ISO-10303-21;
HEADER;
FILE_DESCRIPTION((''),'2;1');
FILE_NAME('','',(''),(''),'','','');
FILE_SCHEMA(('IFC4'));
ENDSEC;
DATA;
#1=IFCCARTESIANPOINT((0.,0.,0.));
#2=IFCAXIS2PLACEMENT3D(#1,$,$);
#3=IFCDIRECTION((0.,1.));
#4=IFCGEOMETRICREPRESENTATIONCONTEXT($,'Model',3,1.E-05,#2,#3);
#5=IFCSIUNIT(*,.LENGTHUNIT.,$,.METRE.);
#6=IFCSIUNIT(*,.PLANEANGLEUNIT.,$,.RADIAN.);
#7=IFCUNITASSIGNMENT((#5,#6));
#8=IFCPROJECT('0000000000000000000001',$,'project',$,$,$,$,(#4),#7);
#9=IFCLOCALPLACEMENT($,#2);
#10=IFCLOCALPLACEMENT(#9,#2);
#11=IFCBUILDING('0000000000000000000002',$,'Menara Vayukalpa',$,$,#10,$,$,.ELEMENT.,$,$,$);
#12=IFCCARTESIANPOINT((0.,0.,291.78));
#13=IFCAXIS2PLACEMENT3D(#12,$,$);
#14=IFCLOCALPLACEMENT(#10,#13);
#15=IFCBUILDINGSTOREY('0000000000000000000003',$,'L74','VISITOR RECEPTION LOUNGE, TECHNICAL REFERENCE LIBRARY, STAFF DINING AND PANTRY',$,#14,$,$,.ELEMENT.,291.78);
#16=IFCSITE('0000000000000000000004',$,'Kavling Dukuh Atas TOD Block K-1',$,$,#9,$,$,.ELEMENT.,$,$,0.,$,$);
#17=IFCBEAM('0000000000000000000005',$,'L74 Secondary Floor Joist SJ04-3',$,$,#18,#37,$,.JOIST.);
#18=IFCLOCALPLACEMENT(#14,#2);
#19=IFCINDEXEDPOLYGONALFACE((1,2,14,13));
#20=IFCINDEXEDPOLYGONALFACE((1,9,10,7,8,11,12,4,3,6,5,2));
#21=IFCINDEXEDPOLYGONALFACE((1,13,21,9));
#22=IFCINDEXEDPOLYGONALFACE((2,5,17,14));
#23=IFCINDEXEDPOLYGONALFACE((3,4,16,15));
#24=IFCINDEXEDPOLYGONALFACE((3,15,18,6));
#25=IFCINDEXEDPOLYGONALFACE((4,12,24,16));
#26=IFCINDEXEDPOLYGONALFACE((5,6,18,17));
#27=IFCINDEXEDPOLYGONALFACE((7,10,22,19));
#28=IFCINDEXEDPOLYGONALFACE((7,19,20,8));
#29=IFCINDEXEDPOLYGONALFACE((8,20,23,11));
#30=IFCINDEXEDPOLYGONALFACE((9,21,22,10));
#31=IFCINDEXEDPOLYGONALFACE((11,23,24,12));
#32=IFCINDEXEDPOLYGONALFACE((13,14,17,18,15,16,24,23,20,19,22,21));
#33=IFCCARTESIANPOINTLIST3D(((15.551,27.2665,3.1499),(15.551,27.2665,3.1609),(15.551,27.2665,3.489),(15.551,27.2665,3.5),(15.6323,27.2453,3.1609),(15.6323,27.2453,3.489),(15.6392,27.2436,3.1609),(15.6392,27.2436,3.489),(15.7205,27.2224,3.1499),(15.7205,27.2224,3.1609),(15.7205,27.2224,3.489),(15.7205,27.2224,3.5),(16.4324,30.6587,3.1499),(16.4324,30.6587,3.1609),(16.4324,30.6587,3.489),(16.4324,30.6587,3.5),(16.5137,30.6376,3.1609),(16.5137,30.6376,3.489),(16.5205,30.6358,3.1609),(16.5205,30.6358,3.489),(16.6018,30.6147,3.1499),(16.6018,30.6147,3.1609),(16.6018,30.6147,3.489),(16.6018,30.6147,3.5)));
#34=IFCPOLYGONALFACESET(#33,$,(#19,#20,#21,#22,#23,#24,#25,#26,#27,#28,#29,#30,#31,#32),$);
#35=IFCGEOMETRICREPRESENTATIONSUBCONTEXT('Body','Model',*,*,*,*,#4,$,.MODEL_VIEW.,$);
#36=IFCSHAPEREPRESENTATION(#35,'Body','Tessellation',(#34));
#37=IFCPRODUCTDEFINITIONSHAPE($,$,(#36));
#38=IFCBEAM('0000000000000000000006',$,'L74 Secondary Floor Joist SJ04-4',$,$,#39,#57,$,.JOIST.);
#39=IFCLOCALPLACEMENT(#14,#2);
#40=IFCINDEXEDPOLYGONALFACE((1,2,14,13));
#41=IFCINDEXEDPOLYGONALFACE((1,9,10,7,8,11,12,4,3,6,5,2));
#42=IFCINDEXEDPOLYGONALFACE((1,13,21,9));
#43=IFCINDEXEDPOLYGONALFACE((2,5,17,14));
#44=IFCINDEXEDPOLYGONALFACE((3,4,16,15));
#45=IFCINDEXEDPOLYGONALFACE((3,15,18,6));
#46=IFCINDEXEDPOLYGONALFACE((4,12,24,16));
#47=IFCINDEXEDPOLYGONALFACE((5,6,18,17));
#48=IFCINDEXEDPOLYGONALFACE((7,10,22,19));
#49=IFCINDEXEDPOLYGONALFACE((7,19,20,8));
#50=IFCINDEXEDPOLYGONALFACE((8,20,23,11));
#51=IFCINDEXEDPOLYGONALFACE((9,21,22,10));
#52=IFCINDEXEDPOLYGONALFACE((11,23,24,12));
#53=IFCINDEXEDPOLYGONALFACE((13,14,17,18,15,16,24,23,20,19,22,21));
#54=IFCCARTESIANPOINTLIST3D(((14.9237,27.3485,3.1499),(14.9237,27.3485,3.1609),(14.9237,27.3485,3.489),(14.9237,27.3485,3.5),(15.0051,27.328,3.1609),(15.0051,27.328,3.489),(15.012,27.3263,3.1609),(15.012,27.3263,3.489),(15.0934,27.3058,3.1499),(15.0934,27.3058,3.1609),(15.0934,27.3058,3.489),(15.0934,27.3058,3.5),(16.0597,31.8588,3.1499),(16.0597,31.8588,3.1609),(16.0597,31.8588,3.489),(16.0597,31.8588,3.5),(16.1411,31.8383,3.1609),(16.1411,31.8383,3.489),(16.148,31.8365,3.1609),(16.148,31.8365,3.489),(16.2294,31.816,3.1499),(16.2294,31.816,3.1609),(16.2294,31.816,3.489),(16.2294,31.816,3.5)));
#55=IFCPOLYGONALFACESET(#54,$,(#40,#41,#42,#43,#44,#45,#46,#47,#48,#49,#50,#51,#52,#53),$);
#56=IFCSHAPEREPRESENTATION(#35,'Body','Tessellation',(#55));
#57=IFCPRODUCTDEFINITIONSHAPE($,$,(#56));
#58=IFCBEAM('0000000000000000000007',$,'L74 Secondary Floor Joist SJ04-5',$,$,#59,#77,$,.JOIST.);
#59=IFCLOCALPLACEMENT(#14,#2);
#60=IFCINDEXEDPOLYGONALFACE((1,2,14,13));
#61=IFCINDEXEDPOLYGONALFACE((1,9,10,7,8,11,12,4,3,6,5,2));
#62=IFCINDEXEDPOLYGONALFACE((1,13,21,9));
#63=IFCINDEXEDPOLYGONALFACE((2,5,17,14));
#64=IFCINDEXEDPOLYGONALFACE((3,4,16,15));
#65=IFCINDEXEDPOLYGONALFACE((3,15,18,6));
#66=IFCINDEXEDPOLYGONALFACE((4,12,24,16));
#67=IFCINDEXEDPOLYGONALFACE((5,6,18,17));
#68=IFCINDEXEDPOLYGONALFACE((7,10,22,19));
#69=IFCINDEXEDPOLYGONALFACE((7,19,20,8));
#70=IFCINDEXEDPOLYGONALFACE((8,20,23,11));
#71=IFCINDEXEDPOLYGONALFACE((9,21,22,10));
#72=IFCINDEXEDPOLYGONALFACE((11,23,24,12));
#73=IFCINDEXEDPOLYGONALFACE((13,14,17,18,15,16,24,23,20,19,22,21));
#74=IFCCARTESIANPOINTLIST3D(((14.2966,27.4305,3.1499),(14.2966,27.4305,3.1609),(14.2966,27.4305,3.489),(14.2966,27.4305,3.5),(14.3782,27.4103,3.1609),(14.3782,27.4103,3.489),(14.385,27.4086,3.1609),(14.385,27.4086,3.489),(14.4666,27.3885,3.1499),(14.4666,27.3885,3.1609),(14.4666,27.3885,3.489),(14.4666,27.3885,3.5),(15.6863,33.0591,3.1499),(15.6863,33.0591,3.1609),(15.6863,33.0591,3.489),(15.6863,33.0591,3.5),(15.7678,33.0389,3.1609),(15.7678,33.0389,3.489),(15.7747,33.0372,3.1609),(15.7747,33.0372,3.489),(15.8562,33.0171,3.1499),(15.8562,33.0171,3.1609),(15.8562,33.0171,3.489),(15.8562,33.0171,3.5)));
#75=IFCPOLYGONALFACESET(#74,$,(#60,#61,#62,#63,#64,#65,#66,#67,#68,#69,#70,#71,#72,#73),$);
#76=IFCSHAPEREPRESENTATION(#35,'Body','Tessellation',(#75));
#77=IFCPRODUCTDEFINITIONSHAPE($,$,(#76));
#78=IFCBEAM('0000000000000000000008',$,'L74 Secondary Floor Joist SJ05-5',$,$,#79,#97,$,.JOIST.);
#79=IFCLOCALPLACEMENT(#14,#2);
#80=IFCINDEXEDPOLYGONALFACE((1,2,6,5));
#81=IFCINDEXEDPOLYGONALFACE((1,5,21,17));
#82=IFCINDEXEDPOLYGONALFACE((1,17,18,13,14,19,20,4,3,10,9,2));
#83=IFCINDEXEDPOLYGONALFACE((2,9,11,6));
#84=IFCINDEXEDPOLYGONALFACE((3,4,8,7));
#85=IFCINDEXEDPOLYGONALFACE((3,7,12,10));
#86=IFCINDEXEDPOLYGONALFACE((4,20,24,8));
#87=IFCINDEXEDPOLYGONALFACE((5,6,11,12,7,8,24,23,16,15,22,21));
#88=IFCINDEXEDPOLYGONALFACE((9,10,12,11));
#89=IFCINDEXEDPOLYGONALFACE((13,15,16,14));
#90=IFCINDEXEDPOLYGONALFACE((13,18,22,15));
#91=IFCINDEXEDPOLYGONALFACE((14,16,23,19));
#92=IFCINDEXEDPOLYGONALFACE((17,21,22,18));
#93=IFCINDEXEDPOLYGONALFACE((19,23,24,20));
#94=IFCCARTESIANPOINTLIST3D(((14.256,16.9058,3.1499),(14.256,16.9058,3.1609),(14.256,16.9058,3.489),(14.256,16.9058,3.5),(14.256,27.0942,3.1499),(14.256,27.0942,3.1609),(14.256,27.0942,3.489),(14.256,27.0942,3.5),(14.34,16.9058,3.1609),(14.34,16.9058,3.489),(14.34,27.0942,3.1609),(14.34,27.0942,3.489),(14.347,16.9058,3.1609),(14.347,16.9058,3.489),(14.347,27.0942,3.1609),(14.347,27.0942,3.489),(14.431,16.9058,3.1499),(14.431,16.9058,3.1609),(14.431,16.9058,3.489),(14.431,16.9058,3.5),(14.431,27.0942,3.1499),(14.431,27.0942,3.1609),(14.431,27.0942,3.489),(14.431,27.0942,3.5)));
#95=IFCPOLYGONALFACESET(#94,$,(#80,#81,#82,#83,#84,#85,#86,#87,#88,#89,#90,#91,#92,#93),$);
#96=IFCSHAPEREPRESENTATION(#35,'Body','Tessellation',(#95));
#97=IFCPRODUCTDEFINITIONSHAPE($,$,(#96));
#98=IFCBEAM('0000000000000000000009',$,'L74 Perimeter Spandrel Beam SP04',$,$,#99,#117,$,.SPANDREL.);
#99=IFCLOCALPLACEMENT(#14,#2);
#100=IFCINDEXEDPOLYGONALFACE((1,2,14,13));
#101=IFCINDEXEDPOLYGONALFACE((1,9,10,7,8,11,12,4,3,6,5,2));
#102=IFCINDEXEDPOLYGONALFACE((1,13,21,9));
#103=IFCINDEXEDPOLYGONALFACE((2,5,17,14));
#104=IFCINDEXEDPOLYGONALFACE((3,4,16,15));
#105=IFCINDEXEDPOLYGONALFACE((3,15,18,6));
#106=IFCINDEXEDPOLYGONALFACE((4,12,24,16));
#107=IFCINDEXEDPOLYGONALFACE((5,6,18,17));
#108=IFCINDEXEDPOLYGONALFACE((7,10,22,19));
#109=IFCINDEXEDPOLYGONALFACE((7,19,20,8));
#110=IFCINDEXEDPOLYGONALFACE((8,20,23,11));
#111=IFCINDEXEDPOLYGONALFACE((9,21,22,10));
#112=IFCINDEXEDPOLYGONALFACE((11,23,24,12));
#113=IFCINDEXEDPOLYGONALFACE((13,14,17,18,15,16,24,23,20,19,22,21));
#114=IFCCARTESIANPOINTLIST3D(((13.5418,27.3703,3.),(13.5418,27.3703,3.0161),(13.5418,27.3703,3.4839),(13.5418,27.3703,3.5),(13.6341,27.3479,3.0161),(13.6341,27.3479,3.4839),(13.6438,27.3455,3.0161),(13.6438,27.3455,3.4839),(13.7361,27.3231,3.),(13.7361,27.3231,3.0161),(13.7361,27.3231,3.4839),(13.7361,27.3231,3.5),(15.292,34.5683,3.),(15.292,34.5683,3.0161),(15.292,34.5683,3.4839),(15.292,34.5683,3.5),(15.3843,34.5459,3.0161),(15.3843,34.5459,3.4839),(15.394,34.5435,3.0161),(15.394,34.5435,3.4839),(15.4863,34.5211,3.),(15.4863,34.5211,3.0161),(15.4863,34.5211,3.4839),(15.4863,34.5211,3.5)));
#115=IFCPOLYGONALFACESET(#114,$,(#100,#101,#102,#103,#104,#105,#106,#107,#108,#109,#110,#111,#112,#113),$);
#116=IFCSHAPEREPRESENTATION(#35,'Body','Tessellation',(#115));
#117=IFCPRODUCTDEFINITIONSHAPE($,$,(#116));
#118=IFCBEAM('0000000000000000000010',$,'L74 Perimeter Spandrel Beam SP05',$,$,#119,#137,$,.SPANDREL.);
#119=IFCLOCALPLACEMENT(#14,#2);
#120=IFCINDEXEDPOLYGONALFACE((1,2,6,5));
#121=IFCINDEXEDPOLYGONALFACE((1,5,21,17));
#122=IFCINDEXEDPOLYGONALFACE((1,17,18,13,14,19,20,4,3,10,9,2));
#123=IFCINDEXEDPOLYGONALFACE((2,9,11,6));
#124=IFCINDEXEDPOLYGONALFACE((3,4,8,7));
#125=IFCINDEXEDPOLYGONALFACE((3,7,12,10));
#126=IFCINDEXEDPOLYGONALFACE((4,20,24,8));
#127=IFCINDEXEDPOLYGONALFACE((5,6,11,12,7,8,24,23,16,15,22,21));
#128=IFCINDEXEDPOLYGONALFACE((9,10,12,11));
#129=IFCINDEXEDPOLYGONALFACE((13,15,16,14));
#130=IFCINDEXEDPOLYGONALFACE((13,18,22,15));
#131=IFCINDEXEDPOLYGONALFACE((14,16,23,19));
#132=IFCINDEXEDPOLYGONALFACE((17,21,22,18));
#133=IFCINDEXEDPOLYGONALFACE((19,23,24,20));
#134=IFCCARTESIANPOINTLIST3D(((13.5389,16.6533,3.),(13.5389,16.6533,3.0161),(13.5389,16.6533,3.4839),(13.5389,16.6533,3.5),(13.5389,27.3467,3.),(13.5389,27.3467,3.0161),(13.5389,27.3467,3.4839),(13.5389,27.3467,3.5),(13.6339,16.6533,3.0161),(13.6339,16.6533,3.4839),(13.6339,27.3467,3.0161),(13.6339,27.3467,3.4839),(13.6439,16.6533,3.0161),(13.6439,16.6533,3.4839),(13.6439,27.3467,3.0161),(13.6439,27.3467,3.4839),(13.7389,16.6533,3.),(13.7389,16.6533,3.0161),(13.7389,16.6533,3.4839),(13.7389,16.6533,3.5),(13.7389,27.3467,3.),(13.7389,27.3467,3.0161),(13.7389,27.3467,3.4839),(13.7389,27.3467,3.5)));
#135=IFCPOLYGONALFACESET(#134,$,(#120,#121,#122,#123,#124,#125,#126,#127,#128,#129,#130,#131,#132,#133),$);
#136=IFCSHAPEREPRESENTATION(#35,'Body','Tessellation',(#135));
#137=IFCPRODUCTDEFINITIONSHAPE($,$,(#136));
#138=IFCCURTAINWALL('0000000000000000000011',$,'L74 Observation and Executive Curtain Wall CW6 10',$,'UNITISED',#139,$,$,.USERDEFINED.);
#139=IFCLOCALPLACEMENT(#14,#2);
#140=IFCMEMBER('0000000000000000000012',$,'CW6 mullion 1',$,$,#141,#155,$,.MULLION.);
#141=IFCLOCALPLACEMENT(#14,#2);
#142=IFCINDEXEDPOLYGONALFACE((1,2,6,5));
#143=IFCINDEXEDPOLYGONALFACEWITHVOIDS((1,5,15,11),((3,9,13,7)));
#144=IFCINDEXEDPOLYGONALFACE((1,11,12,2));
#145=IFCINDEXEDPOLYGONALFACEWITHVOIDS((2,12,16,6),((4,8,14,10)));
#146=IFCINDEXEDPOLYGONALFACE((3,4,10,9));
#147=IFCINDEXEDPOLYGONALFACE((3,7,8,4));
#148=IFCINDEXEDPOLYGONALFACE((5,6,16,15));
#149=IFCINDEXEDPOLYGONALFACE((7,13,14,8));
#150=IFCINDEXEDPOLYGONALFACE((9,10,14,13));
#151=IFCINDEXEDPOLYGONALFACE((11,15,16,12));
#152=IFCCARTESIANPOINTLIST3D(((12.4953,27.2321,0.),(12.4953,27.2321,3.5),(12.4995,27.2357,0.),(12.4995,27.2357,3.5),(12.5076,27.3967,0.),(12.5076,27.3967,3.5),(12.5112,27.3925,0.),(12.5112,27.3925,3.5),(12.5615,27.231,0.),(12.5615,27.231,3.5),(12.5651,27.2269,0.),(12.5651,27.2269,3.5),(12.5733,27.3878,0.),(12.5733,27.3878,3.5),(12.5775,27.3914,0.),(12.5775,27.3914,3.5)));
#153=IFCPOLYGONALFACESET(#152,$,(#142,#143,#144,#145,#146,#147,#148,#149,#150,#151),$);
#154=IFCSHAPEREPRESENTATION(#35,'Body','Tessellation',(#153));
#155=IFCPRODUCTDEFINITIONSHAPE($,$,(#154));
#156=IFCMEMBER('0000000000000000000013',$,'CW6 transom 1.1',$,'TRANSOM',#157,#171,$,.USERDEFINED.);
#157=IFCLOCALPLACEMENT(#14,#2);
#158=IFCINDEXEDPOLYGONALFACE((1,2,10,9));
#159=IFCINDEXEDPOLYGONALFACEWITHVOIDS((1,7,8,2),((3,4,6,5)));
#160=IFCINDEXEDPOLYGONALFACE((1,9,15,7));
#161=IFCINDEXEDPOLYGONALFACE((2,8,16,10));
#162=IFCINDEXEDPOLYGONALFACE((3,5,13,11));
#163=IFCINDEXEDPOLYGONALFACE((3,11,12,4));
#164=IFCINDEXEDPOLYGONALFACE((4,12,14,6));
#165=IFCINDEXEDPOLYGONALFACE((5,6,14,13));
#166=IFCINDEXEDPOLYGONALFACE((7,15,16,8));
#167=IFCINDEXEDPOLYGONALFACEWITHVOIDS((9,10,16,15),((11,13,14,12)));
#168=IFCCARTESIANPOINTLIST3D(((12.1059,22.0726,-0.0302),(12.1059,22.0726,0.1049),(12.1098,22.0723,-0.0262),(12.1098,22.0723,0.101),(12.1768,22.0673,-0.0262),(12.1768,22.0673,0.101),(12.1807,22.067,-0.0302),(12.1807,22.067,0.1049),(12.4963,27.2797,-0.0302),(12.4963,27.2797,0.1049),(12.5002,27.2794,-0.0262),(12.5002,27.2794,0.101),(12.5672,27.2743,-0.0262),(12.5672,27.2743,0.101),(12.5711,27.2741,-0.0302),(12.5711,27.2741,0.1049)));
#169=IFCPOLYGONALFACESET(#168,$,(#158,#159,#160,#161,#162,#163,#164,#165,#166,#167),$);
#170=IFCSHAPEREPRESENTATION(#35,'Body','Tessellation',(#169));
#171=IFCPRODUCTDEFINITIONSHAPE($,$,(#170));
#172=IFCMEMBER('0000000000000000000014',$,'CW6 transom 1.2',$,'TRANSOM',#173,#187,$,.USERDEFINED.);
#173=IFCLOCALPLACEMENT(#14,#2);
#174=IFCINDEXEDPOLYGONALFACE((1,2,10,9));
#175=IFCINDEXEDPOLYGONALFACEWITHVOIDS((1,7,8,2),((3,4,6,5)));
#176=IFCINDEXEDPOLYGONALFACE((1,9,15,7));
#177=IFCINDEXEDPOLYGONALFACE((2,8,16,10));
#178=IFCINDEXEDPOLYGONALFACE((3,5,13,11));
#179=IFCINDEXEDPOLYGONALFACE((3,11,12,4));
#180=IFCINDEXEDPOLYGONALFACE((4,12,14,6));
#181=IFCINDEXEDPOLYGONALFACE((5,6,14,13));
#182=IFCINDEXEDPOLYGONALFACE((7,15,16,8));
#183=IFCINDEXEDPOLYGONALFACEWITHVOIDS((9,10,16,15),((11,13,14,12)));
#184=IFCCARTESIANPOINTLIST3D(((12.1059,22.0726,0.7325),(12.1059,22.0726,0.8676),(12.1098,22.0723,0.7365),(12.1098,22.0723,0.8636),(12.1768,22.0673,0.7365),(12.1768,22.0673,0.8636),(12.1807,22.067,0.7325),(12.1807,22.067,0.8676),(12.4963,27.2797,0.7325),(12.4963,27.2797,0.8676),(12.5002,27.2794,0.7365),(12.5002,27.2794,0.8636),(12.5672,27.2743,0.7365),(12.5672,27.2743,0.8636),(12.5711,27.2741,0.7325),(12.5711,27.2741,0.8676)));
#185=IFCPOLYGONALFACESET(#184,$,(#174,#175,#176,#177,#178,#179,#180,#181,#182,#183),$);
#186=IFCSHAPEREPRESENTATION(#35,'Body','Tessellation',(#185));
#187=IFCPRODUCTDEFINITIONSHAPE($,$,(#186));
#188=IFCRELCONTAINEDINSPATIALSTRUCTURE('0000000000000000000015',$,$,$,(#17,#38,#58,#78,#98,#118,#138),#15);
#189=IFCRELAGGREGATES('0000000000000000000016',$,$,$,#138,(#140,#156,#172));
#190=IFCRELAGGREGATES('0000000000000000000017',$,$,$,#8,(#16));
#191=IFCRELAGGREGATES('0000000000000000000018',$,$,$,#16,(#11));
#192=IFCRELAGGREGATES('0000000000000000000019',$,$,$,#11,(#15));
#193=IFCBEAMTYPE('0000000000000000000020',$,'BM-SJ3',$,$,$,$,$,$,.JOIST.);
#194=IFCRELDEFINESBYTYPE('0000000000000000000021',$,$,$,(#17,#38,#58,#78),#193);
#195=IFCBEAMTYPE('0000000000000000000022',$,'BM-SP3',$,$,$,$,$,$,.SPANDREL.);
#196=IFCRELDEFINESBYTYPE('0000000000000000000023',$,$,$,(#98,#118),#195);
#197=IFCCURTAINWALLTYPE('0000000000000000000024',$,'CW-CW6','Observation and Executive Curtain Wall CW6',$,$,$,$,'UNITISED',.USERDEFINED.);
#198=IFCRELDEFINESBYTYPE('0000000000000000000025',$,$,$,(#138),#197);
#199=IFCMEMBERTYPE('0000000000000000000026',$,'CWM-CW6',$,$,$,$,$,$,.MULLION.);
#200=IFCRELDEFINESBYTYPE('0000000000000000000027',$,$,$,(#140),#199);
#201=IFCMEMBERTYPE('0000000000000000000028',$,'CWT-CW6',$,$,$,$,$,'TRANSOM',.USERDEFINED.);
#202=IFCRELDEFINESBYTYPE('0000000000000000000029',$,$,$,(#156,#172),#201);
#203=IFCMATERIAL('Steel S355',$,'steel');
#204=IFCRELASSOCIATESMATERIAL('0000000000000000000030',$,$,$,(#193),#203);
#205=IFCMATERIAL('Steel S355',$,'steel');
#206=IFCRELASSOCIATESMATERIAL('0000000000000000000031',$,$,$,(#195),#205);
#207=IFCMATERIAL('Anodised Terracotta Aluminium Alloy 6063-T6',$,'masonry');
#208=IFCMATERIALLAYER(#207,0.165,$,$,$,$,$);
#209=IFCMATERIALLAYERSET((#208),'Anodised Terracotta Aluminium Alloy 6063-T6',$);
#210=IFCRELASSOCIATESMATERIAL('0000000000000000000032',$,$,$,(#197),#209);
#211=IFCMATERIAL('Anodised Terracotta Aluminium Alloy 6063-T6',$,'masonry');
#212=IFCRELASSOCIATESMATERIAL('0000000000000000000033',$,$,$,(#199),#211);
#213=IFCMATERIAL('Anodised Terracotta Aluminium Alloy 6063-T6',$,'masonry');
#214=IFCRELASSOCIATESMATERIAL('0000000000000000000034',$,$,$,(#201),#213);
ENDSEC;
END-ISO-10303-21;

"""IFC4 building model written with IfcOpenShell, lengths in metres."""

from ifc_helpers import new_model, si_unit, direction, frame, origin, origin_2d, place, context, subcontext, project, spatial, hollow_rectangle, i_section, extrude, material, layer, layer_set, material_profile, profile_set, type_object, element, aggregate, save


model = new_model("IFC4")

# Units and contexts
model_context = context("Model", 3, precision=1e-05, world=origin(), true_north=direction((0.0, 1.0)))
body_context = subcontext(model_context, "Body", "Model", "MODEL_VIEW")
ifc_project = project(units=[si_unit("LENGTHUNIT", "METRE"), si_unit("PLANEANGLEUNIT", "RADIAN")], contexts=[model_context])

# Site, building, storey
site_placement = place(None, origin())
site = spatial("IfcSite", under=ifc_project, at=site_placement, Name="Kavling Dukuh Atas TOD Block K-1", CompositionType="ELEMENT", RefElevation=0.0)
building_placement = place(site_placement, origin())
building = spatial("IfcBuilding", under=site, at=building_placement, Name="Menara Vayukalpa", CompositionType="ELEMENT")
storey_placement = place(building_placement, frame((0.0, 0.0, 291.78)))
storey = spatial("IfcBuildingStorey", under=building, at=storey_placement, Name="L74", Description="VISITOR RECEPTION LOUNGE, TECHNICAL REFERENCE LIBRARY, STAFF DINING AND PANTRY", CompositionType="ELEMENT", Elevation=291.78)

# Beams
ifc_material_1 = material(Name="Steel S355", Category="steel")
ifc_material_profile_1 = material_profile(ifc_material_1, i_section(OverallWidth=0.175, OverallDepth=0.3501, WebThickness=0.0071, FlangeThickness=0.011, at=origin_2d()), Name="WF 350x175x7x11")
ifc_profile_set_1 = profile_set([ifc_material_profile_1], Name="Steel S355")
beam_type_1 = type_object("IfcBeamType", Name="BM-SJ3", PredefinedType="JOIST", material=ifc_profile_set_1)
beam_1_placement = place(storey_placement, frame((16.5171, 30.6367, 3.325), z_axis=(-0.251458, -0.967868, 0.0), x_axis=(0.967868, -0.251458, 0.0)))
element("IfcBeam", 1, at=beam_1_placement, inside=storey, type_object=beam_type_1, Name="L74 Secondary Floor Joist SJ04-3", PredefinedType="JOIST", context=body_context, shape_type="SweptSolid", body=[
    extrude(i_section(OverallWidth=0.175, OverallDepth=0.3501, WebThickness=0.0071, FlangeThickness=0.011, at=origin_2d()), origin(), (0.0, 0.0, 1.0), 3.5049),
])
beam_2_placement = place(storey_placement, frame((16.1445, 31.8374, 3.325), z_axis=(-0.24424, -0.969715, 0.0), x_axis=(0.969715, -0.24424, 0.0)))
element("IfcBeam", 2, at=beam_2_placement, inside=storey, type_object=beam_type_1, Name="L74 Secondary Floor Joist SJ04-4", PredefinedType="JOIST", context=body_context, shape_type="SweptSolid", body=[
    extrude(i_section(OverallWidth=0.175, OverallDepth=0.3501, WebThickness=0.0071, FlangeThickness=0.011, at=origin_2d()), origin(), (0.0, 0.0, 1.0), 4.6511),
])
beam_3_placement = place(storey_placement, frame((15.7712, 33.0381, 3.325), z_axis=(-0.239691, -0.970849, 0.0), x_axis=(0.970849, -0.239691, 0.0)))
element("IfcBeam", 3, at=beam_3_placement, inside=storey, type_object=beam_type_1, Name="L74 Secondary Floor Joist SJ04-5", PredefinedType="JOIST", context=body_context, shape_type="SweptSolid", body=[
    extrude(i_section(OverallWidth=0.175, OverallDepth=0.3501, WebThickness=0.0071, FlangeThickness=0.011, at=origin_2d()), origin(), (0.0, 0.0, 1.0), 5.7976),
])
beam_4_placement = place(storey_placement, frame((14.3435, 27.0942, 3.325), z_axis=(0.0, -1.0, 0.0), x_axis=(1.0, 0.0, 0.0)))
element("IfcBeam", 4, at=beam_4_placement, inside=storey, type_object=beam_type_1, Name="L74 Secondary Floor Joist SJ05-5", PredefinedType="JOIST", context=body_context, shape_type="SweptSolid", body=[
    extrude(i_section(OverallWidth=0.175, OverallDepth=0.3501, WebThickness=0.0071, FlangeThickness=0.011, at=origin_2d()), origin(), (0.0, 0.0, 1.0), 10.1885),
])
ifc_material_2 = material(Name="Steel S355", Category="steel")
ifc_material_profile_2 = material_profile(ifc_material_2, i_section(OverallWidth=0.2, OverallDepth=0.5, WebThickness=0.01, FlangeThickness=0.0161, at=origin_2d()), Name="WF 500x200x10x16")
ifc_profile_set_2 = profile_set([ifc_material_profile_2], Name="Steel S355")
beam_type_2 = type_object("IfcBeamType", Name="BM-SP3", PredefinedType="SPANDREL", material=ifc_profile_set_2)
beam_5_placement = place(storey_placement, frame((15.3892, 34.5447, 3.25), z_axis=(-0.236273, -0.971687, 0.0), x_axis=(0.971687, -0.236273, 0.0)))
element("IfcBeam", 5, at=beam_5_placement, inside=storey, type_object=beam_type_2, Name="L74 Perimeter Spandrel Beam SP04", PredefinedType="SPANDREL", context=body_context, shape_type="SweptSolid", body=[
    extrude(i_section(OverallWidth=0.2, OverallDepth=0.5, WebThickness=0.01, FlangeThickness=0.0161, at=origin_2d()), origin(), (0.0, 0.0, 1.0), 7.4077),
])
beam_6_placement = place(storey_placement, frame((13.6389, 27.3467, 3.25), z_axis=(0.0, -1.0, 0.0), x_axis=(1.0, 0.0, 0.0)))
element("IfcBeam", 6, at=beam_6_placement, inside=storey, type_object=beam_type_2, Name="L74 Perimeter Spandrel Beam SP05", PredefinedType="SPANDREL", context=body_context, shape_type="SweptSolid", body=[
    extrude(i_section(OverallWidth=0.2, OverallDepth=0.5, WebThickness=0.01, FlangeThickness=0.0161, at=origin_2d()), origin(), (0.0, 0.0, 1.0), 10.6934),
])

# Curtain wall, members
ifc_material_3 = material(Name="Anodised Terracotta Aluminium Alloy 6063-T6", Category="masonry")
ifc_layer_1 = layer(ifc_material_3, 0.165)
ifc_layer_set_1 = layer_set([ifc_layer_1], Name="Anodised Terracotta Aluminium Alloy 6063-T6")
curtain_wall_type = type_object("IfcCurtainWallType", Name="CW-CW6", Description="Observation and Executive Curtain Wall CW6", ElementType="UNITISED", PredefinedType="USERDEFINED", material=ifc_layer_set_1)
curtain_wall_placement = place(storey_placement, origin())
curtain_wall = element("IfcCurtainWall", 7, at=curtain_wall_placement, inside=storey, type_object=curtain_wall_type, Name="L74 Observation and Executive Curtain Wall CW6 10", ObjectType="UNITISED", PredefinedType="USERDEFINED")
ifc_material_4 = material(Name="Anodised Terracotta Aluminium Alloy 6063-T6", Category="masonry")
ifc_material_profile_3 = material_profile(ifc_material_4, hollow_rectangle(XDim=0.0701, YDim=0.165, WallThickness=0.0039, at=origin_2d()), Name="ALU 70x165x4")
ifc_profile_set_3 = profile_set([ifc_material_profile_3], Name="Anodised Terracotta Aluminium Alloy 6063-T6")
member_type_1 = type_object("IfcMemberType", Name="CWM-CW6", PredefinedType="MULLION", material=ifc_profile_set_3)
member_1_placement = place(storey_placement, frame((12.5364, 27.3118, 0.0), z_axis=(0.0, 0.0, 1.0), x_axis=(0.997199, -0.074789, 0.0)))
member_1 = element("IfcMember", 8, at=member_1_placement, type_object=member_type_1, Name="CW6 mullion 1", PredefinedType="MULLION", context=body_context, shape_type="SweptSolid", body=[
    extrude(hollow_rectangle(XDim=0.0701, YDim=0.165, WallThickness=0.0039, at=origin_2d()), origin(), (0.0, 0.0, 1.0), 3.5),
])
ifc_material_5 = material(Name="Anodised Terracotta Aluminium Alloy 6063-T6", Category="masonry")
ifc_material_profile_4 = material_profile(ifc_material_5, hollow_rectangle(XDim=0.075, YDim=0.135, WallThickness=0.0039, at=origin_2d()), Name="ALU 75x135x4")
ifc_profile_set_4 = profile_set([ifc_material_profile_4], Name="Anodised Terracotta Aluminium Alloy 6063-T6")
member_type_2 = type_object("IfcMemberType", Name="CWT-CW6", ElementType="TRANSOM", PredefinedType="USERDEFINED", material=ifc_profile_set_4)
member_2_placement = place(storey_placement, frame((12.5337, 27.2769, 0.0374), z_axis=(-0.074762, -0.997201, 0.0), x_axis=(0.997201, -0.074762, 0.0)))
member_2 = element("IfcMember", 9, at=member_2_placement, type_object=member_type_2, Name="CW6 transom 1.1", ObjectType="TRANSOM", PredefinedType="USERDEFINED", context=body_context, shape_type="SweptSolid", body=[
    extrude(hollow_rectangle(XDim=0.075, YDim=0.135, WallThickness=0.0039, at=origin_2d()), origin(), (0.0, 0.0, 1.0), 5.2217),
])
member_3_placement = place(storey_placement, frame((12.5337, 27.2769, 0.8), z_axis=(-0.074762, -0.997201, 0.0), x_axis=(0.997201, -0.074762, 0.0)))
member_3 = element("IfcMember", 10, at=member_3_placement, type_object=member_type_2, Name="CW6 transom 1.2", ObjectType="TRANSOM", PredefinedType="USERDEFINED", context=body_context, shape_type="SweptSolid", body=[
    extrude(hollow_rectangle(XDim=0.075, YDim=0.135, WallThickness=0.0039, at=origin_2d()), origin(), (0.0, 0.0, 1.0), 5.2217),
])
aggregate(curtain_wall, [member_1, member_2, member_3])

save(model, "model.ifc")
